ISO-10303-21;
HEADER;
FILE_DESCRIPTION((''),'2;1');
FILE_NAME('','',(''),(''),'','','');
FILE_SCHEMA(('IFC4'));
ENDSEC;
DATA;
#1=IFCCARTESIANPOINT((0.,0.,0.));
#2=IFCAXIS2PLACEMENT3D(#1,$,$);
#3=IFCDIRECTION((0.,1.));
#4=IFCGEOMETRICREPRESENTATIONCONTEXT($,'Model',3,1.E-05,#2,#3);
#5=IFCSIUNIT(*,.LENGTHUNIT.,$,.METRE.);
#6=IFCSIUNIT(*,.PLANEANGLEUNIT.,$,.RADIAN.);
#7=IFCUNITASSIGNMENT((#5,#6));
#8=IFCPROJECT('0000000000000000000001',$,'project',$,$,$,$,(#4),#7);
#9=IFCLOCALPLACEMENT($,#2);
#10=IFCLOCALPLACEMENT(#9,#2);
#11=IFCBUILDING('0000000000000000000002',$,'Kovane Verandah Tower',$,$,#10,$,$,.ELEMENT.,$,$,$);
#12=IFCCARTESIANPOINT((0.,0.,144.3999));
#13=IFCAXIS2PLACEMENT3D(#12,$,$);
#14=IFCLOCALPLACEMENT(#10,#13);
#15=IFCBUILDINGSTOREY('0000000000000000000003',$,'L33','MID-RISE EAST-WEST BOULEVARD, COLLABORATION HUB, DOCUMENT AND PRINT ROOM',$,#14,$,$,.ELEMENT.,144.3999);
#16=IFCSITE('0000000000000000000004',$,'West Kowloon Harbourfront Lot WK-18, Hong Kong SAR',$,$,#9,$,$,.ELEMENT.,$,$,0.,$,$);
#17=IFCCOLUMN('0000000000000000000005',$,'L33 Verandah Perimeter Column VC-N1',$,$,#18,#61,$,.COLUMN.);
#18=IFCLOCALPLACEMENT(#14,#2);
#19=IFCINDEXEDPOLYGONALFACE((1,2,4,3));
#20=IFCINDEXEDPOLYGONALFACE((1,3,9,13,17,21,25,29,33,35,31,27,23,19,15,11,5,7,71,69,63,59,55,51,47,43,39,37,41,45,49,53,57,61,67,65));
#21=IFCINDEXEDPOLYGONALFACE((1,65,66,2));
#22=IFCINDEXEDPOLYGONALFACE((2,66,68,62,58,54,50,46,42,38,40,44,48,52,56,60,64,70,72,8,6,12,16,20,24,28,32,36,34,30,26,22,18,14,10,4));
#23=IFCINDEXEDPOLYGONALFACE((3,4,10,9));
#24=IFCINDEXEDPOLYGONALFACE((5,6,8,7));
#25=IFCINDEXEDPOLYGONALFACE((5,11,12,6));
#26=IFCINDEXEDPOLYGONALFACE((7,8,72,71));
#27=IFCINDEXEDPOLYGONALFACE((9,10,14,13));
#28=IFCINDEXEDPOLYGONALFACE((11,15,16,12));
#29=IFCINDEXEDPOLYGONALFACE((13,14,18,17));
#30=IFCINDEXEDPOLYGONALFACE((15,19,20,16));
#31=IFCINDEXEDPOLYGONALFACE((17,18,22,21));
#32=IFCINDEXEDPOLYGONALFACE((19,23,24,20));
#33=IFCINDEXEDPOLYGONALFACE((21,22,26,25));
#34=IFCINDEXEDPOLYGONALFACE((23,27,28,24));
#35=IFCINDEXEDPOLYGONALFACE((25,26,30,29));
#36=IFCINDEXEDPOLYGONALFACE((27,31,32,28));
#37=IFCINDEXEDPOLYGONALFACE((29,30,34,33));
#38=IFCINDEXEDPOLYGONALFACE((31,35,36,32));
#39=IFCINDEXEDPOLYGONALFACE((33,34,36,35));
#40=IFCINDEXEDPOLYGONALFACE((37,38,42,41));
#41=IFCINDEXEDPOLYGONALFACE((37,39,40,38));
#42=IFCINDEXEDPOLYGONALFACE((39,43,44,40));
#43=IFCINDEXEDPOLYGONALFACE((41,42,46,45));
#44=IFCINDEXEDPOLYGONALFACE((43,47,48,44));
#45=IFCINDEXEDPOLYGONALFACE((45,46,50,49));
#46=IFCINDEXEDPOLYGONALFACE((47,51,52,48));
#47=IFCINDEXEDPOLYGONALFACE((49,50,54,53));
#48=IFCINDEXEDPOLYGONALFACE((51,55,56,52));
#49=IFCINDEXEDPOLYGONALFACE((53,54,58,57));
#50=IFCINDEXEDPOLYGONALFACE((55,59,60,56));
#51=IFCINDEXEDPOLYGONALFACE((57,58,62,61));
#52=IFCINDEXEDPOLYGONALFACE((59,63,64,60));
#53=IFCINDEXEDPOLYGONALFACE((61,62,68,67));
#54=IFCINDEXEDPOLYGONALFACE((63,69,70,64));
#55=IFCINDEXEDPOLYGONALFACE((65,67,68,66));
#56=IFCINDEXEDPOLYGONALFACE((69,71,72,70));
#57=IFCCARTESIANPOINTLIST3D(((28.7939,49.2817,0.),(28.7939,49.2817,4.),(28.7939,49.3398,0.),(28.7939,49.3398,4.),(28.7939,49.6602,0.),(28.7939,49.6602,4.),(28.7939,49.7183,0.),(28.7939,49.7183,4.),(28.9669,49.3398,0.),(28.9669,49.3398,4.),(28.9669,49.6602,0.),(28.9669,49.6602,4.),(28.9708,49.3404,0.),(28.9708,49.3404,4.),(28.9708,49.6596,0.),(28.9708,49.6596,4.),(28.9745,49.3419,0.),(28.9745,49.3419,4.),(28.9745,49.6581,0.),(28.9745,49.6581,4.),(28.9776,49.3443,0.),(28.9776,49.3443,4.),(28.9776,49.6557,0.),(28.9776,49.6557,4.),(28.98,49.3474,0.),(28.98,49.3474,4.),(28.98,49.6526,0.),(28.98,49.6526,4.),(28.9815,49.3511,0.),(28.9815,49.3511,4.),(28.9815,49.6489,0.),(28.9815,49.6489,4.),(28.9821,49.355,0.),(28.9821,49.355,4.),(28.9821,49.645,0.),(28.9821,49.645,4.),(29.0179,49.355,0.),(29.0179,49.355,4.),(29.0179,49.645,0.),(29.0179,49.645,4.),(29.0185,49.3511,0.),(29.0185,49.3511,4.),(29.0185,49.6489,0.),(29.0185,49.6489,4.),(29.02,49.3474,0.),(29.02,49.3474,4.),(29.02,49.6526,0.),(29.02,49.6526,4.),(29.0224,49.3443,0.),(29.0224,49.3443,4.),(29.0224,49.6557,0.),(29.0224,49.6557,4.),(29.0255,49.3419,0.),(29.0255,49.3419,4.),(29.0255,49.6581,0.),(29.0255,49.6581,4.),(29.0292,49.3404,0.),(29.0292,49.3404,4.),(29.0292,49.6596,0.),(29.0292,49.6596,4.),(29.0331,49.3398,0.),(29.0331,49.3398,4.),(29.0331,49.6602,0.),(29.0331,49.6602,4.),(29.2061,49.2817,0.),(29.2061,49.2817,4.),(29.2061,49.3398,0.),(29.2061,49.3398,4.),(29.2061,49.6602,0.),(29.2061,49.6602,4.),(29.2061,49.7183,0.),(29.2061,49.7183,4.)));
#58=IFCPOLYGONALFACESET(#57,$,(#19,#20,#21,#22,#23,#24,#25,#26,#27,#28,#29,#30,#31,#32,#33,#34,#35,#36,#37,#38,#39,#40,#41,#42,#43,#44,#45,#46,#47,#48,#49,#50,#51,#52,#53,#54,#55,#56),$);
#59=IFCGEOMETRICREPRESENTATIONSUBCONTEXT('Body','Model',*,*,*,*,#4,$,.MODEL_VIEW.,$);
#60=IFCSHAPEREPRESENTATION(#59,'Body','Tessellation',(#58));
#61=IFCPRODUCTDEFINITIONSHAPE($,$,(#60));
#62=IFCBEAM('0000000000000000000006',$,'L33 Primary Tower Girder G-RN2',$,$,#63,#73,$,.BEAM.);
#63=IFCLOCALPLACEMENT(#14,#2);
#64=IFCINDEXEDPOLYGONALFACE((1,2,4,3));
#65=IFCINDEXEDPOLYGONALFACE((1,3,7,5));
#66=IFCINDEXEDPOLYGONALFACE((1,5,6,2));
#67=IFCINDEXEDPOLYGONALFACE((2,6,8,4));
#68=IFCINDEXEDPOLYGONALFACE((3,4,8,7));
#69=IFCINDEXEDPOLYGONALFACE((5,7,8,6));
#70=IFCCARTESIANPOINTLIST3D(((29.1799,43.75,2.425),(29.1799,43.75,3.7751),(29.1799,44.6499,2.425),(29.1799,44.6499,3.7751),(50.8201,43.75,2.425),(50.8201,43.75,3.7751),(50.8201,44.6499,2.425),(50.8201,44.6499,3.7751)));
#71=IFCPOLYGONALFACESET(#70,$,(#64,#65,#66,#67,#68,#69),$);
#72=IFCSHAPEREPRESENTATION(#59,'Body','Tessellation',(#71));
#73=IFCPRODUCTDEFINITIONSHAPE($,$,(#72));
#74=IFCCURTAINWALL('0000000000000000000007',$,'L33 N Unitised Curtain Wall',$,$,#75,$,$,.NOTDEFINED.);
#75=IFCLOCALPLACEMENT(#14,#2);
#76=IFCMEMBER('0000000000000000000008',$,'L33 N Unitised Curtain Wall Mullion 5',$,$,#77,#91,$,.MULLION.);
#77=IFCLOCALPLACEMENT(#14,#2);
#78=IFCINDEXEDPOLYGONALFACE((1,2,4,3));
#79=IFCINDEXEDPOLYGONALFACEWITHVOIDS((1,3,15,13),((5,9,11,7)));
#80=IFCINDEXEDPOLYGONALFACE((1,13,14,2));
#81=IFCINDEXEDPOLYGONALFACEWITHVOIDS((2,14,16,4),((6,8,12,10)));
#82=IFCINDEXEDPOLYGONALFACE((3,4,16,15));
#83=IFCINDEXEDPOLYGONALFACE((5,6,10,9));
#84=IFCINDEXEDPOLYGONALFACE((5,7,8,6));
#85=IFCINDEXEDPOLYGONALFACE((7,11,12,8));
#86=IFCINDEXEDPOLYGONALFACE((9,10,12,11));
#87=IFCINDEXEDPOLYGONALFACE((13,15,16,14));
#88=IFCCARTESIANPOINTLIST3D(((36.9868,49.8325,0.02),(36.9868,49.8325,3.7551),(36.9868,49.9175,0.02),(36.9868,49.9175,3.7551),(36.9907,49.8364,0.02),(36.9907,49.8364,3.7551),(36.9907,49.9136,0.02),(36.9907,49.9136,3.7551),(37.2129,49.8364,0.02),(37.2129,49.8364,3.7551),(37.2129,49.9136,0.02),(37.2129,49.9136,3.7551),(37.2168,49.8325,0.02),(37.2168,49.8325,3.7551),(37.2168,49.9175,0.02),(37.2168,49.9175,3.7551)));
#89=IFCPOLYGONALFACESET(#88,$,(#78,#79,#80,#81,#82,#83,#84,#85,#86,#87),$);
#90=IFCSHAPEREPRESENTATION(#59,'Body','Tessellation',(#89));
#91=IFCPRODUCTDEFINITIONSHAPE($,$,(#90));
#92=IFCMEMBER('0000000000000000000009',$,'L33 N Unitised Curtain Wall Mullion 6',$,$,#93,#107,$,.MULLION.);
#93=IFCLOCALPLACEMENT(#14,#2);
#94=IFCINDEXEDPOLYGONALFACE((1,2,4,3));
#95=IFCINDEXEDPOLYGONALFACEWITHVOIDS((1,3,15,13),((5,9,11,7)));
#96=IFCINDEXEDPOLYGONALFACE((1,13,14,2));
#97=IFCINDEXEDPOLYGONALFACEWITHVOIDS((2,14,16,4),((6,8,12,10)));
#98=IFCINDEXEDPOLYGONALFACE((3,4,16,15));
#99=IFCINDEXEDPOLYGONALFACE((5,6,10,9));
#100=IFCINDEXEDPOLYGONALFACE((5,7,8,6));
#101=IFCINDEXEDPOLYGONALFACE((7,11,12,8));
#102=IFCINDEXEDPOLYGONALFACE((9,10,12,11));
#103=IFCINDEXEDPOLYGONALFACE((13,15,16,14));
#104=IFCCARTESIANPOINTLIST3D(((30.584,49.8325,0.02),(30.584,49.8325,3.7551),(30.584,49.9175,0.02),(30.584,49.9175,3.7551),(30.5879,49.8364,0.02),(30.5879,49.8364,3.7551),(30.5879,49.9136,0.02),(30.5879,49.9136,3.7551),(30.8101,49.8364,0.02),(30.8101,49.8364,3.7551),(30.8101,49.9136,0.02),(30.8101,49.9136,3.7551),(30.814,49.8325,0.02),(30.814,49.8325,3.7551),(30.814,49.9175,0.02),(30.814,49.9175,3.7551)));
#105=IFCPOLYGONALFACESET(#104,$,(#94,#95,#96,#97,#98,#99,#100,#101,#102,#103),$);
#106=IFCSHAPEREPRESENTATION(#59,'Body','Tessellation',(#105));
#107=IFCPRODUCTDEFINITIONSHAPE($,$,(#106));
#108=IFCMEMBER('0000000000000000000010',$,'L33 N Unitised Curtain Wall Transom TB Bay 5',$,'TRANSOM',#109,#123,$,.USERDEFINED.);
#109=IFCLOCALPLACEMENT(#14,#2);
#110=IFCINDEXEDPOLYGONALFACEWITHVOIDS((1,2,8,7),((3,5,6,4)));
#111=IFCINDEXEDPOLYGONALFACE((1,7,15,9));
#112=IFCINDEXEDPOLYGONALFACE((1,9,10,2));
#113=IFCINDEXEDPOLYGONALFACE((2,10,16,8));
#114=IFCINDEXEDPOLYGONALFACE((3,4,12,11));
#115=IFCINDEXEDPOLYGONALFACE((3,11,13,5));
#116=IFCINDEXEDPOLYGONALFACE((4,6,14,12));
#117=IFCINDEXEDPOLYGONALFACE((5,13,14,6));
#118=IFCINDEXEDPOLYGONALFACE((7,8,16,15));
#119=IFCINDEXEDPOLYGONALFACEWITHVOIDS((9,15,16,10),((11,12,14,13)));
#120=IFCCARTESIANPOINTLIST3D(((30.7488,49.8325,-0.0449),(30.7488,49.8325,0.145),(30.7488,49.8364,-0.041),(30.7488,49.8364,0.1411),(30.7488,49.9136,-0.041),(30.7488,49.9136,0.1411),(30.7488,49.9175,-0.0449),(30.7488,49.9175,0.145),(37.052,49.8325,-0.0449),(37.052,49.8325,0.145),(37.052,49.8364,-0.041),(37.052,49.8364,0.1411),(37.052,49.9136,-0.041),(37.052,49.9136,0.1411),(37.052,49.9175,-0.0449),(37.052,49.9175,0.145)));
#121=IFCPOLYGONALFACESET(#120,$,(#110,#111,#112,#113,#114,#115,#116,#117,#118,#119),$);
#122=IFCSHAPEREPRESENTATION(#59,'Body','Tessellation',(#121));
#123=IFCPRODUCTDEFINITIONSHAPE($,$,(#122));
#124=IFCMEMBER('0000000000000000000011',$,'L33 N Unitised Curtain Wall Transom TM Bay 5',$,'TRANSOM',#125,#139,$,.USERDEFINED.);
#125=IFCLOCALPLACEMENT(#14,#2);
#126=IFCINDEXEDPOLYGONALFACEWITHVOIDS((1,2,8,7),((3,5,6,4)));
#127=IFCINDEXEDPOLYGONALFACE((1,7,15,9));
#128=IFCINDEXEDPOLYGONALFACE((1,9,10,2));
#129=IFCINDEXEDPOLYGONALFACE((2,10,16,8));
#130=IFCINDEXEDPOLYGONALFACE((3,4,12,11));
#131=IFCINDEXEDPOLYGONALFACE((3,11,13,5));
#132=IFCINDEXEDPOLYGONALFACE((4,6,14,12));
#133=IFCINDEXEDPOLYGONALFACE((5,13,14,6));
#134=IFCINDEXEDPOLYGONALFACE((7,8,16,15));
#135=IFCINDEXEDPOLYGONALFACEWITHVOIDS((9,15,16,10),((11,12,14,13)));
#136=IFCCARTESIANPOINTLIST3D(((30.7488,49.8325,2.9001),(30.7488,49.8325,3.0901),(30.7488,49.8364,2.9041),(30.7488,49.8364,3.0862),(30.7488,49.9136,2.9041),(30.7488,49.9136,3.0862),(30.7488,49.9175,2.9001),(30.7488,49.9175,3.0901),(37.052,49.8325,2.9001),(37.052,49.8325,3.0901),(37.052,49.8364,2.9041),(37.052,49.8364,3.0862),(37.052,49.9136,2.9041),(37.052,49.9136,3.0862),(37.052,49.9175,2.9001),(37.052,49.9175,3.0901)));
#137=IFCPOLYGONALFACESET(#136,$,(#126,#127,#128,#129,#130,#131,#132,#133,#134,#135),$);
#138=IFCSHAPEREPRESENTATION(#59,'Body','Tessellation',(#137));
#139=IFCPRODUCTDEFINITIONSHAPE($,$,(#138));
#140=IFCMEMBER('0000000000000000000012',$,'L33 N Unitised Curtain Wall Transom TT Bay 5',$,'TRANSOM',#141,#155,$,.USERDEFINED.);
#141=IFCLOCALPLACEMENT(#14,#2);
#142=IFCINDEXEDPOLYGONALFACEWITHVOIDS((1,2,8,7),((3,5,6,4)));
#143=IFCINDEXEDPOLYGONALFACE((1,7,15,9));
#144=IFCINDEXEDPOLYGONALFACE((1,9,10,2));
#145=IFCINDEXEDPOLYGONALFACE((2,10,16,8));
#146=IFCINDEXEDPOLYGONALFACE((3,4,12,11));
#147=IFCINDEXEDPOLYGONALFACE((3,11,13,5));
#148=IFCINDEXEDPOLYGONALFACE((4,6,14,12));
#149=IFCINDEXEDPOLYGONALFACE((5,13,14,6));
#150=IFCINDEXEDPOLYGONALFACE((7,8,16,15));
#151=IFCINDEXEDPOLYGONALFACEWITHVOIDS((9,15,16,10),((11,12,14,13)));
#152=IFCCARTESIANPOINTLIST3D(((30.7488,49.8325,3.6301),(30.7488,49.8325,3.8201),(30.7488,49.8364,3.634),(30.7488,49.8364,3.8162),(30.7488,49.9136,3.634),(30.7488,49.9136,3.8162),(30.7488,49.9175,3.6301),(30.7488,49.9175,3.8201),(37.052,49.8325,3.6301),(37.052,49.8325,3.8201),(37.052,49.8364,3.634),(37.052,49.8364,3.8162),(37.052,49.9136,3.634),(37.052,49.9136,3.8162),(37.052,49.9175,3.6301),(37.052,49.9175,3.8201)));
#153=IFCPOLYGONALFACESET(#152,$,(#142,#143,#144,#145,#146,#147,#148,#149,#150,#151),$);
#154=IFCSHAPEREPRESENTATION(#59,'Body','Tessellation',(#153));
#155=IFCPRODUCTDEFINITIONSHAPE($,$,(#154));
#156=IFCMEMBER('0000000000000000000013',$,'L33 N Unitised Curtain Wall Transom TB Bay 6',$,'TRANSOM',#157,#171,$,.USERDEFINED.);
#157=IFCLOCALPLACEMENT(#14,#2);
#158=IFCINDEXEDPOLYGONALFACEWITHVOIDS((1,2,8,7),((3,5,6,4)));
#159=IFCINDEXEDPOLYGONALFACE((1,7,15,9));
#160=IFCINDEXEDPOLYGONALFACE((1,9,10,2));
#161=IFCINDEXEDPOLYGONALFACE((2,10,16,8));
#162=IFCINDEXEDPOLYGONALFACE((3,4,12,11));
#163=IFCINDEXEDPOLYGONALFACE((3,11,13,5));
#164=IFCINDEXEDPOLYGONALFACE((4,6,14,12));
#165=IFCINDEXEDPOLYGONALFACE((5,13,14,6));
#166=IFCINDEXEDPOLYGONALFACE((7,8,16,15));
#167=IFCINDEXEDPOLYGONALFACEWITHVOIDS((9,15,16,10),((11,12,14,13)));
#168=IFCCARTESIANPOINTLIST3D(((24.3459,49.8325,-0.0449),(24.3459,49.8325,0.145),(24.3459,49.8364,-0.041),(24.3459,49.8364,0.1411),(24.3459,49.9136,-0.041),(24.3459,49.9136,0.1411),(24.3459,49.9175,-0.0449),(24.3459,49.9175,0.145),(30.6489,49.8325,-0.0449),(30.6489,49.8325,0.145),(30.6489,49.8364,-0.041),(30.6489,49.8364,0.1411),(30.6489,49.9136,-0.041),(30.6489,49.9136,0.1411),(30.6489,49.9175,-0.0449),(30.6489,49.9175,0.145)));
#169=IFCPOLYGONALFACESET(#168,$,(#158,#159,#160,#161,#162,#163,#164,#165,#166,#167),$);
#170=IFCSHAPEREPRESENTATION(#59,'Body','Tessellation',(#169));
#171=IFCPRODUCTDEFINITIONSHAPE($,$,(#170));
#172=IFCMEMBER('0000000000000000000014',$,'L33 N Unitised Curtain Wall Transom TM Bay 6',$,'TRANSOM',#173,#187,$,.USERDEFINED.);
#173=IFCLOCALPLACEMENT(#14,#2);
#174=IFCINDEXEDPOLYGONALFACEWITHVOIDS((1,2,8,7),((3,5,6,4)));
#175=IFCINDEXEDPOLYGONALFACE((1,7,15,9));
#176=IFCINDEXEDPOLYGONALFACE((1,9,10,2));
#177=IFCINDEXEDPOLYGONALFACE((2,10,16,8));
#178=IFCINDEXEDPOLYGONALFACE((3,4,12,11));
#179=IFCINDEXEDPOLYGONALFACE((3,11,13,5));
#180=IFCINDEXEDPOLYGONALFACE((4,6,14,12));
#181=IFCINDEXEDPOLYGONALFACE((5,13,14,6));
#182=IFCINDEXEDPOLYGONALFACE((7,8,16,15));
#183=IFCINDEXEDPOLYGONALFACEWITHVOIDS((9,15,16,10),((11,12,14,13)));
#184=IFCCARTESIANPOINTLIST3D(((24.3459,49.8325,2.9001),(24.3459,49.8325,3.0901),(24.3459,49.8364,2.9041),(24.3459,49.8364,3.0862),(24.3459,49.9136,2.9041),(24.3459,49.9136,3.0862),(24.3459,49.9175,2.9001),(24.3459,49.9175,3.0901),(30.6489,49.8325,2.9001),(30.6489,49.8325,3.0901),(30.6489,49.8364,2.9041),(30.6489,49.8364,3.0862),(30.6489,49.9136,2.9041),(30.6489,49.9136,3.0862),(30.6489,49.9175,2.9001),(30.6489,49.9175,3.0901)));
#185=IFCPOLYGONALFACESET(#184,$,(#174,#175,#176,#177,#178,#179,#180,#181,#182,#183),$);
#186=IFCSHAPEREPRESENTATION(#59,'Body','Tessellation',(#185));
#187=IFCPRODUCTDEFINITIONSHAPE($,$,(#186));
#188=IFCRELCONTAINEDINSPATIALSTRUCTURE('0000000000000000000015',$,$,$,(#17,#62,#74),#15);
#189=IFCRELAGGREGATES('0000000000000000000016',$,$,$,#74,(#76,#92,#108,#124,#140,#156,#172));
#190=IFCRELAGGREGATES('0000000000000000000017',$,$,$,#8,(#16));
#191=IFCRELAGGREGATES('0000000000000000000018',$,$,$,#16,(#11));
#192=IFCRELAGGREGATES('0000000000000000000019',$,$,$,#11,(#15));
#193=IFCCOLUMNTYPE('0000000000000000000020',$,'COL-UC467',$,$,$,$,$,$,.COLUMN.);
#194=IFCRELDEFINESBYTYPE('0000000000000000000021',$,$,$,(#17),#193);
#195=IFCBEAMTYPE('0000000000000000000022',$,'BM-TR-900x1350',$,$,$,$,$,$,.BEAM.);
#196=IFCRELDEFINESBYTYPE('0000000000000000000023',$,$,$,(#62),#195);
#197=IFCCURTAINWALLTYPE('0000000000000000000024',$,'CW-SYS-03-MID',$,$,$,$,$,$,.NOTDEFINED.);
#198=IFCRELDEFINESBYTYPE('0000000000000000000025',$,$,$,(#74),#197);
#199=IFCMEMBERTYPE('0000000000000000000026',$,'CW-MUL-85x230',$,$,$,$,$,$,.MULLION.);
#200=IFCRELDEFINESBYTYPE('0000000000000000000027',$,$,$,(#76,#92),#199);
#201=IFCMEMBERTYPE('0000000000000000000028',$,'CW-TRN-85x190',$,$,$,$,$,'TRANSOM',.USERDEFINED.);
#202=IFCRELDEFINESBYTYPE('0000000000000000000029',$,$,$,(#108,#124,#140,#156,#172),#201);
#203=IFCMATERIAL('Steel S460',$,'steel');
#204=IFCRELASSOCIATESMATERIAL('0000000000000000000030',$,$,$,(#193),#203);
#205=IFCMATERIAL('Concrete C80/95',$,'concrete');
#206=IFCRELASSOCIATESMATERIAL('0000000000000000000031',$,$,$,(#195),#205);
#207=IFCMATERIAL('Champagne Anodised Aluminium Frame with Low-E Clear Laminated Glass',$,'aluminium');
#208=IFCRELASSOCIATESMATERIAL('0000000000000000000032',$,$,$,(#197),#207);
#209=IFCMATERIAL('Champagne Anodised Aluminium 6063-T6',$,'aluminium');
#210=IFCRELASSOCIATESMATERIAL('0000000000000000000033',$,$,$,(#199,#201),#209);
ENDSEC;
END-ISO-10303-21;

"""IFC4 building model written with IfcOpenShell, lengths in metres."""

from ifc_helpers import new_model, si_unit, direction, frame, origin, origin_2d, place, context, subcontext, project, spatial, rectangle, hollow_rectangle, i_section, extrude, material, material_profile, profile_set, type_object, element, aggregate, save


model = new_model("IFC4")

# Units and contexts
model_context = context("Model", 3, precision=1e-05, world=origin(), true_north=direction((0.0, 1.0)))
body_context = subcontext(model_context, "Body", "Model", "MODEL_VIEW")
ifc_project = project(units=[si_unit("LENGTHUNIT", "METRE"), si_unit("PLANEANGLEUNIT", "RADIAN")], contexts=[model_context])

# Site, building, storey
site_placement = place(None, origin())
site = spatial("IfcSite", under=ifc_project, at=site_placement, Name="West Kowloon Harbourfront Lot WK-18, Hong Kong SAR", CompositionType="ELEMENT", RefElevation=0.0)
building_placement = place(site_placement, origin())
building = spatial("IfcBuilding", under=site, at=building_placement, Name="Kovane Verandah Tower", CompositionType="ELEMENT")
storey_placement = place(building_placement, frame((0.0, 0.0, 144.3999)))
storey = spatial("IfcBuildingStorey", under=building, at=storey_placement, Name="L33", Description="MID-RISE EAST-WEST BOULEVARD, COLLABORATION HUB, DOCUMENT AND PRINT ROOM", CompositionType="ELEMENT", Elevation=144.3999)

# Column
ifc_material_1 = material(Name="Steel S460", Category="steel")
ifc_material_profile_1 = material_profile(ifc_material_1, i_section(OverallWidth=0.4121, OverallDepth=0.4365, WebThickness=0.0359, FlangeThickness=0.0581, FilletRadius=0.0151, at=origin_2d()), Name="UC356x406x467")
ifc_profile_set_1 = profile_set([ifc_material_profile_1], Name="Steel S460")
column_type = type_object("IfcColumnType", Name="COL-UC467", PredefinedType="COLUMN", material=ifc_profile_set_1)
column_placement = place(storey_placement, frame((29.0, 49.5, 0.0), z_axis=(0.0, 0.0, 1.0), x_axis=(1.0, 0.0, 0.0)))
element("IfcColumn", 1, at=column_placement, inside=storey, type_object=column_type, Name="L33 Verandah Perimeter Column VC-N1", PredefinedType="COLUMN", context=body_context, shape_type="SweptSolid", body=[
    extrude(i_section(OverallWidth=0.4121, OverallDepth=0.4365, WebThickness=0.0359, FlangeThickness=0.0581, FilletRadius=0.0151, at=origin_2d()), origin(), (0.0, 0.0, 1.0), 4.0),
])

# Beam
ifc_material_2 = material(Name="Concrete C80/95", Category="concrete")
ifc_material_profile_2 = material_profile(ifc_material_2, rectangle(XDim=0.8999, YDim=1.3501, at=origin_2d()), Name="RCB900x1350")
ifc_profile_set_2 = profile_set([ifc_material_profile_2], Name="Concrete C80/95")
beam_type_1 = type_object("IfcBeamType", Name="BM-TR-900x1350", PredefinedType="BEAM", material=ifc_profile_set_2)
beam_1_placement = place(storey_placement, frame((29.1799, 44.2, 3.1001), z_axis=(1.0, 0.0, 0.0), x_axis=(0.0, 1.0, 0.0)))
element("IfcBeam", 2, at=beam_1_placement, inside=storey, type_object=beam_type_1, Name="L33 Primary Tower Girder G-RN2", PredefinedType="BEAM", context=body_context, shape_type="SweptSolid", body=[
    extrude(rectangle(XDim=0.8999, YDim=1.3501, at=origin_2d()), origin(), (0.0, 0.0, 1.0), 21.6401),
])

# Curtain wall, members
ifc_material_3 = material(Name="Champagne Anodised Aluminium Frame with Low-E Clear Laminated Glass", Category="aluminium")
curtain_wall_type = type_object("IfcCurtainWallType", Name="CW-SYS-03-MID", PredefinedType="NOTDEFINED", material=ifc_material_3)
curtain_wall_placement = place(storey_placement, origin())
curtain_wall = element("IfcCurtainWall", 3, at=curtain_wall_placement, inside=storey, type_object=curtain_wall_type, Name="L33 N Unitised Curtain Wall", PredefinedType="NOTDEFINED")
ifc_material_4 = material(Name="Champagne Anodised Aluminium 6063-T6", Category="aluminium")
ifc_material_profile_3 = material_profile(ifc_material_4, hollow_rectangle(XDim=0.085, YDim=0.23, WallThickness=0.0039, at=origin_2d()), Name="AL85x230x4")
ifc_profile_set_3 = profile_set([ifc_material_profile_3], Name="Champagne Anodised Aluminium 6063-T6")
member_type_1 = type_object("IfcMemberType", Name="CW-MUL-85x230", PredefinedType="MULLION", material=ifc_profile_set_3)
member_1_placement = place(storey_placement, frame((37.1018, 49.875, 0.02), z_axis=(0.0, 0.0, 1.0), x_axis=(0.0, 1.0, 0.0)))
member_1 = element("IfcMember", 4, at=member_1_placement, type_object=member_type_1, Name="L33 N Unitised Curtain Wall Mullion 5", PredefinedType="MULLION", context=body_context, shape_type="SweptSolid", body=[
    extrude(hollow_rectangle(XDim=0.085, YDim=0.23, WallThickness=0.0039, at=origin_2d()), origin(), (0.0, 0.0, 1.0), 3.7351),
])
member_2_placement = place(storey_placement, frame((30.699, 49.875, 0.02), z_axis=(0.0, 0.0, 1.0), x_axis=(0.0, 1.0, 0.0)))
member_2 = element("IfcMember", 5, at=member_2_placement, type_object=member_type_1, Name="L33 N Unitised Curtain Wall Mullion 6", PredefinedType="MULLION", context=body_context, shape_type="SweptSolid", body=[
    extrude(hollow_rectangle(XDim=0.085, YDim=0.23, WallThickness=0.0039, at=origin_2d()), origin(), (0.0, 0.0, 1.0), 3.7351),
])
ifc_material_profile_4 = material_profile(ifc_material_4, hollow_rectangle(XDim=0.085, YDim=0.1899, WallThickness=0.0039, at=origin_2d()), Name="AL85x190x4")
ifc_profile_set_4 = profile_set([ifc_material_profile_4], Name="Champagne Anodised Aluminium 6063-T6")
member_type_2 = type_object("IfcMemberType", Name="CW-TRN-85x190", ElementType="TRANSOM", PredefinedType="USERDEFINED", material=ifc_profile_set_4)
member_3_placement = place(storey_placement, frame((37.052, 49.875, 0.05), z_axis=(-1.0, 0.0, 0.0), x_axis=(0.0, -1.0, 0.0)))
member_3 = element("IfcMember", 6, at=member_3_placement, type_object=member_type_2, Name="L33 N Unitised Curtain Wall Transom TB Bay 5", ObjectType="TRANSOM", PredefinedType="USERDEFINED", context=body_context, shape_type="SweptSolid", body=[
    extrude(hollow_rectangle(XDim=0.085, YDim=0.1899, WallThickness=0.0039, at=origin_2d()), origin(), (0.0, 0.0, 1.0), 6.3032),
])
member_4_placement = place(storey_placement, frame((37.052, 49.875, 2.9951), z_axis=(-1.0, 0.0, 0.0), x_axis=(0.0, -1.0, 0.0)))
member_4 = element("IfcMember", 7, at=member_4_placement, type_object=member_type_2, Name="L33 N Unitised Curtain Wall Transom TM Bay 5", ObjectType="TRANSOM", PredefinedType="USERDEFINED", context=body_context, shape_type="SweptSolid", body=[
    extrude(hollow_rectangle(XDim=0.085, YDim=0.1899, WallThickness=0.0039, at=origin_2d()), origin(), (0.0, 0.0, 1.0), 6.3032),
])
member_5_placement = place(storey_placement, frame((37.052, 49.875, 3.7251), z_axis=(-1.0, 0.0, 0.0), x_axis=(0.0, -1.0, 0.0)))
member_5 = element("IfcMember", 8, at=member_5_placement, type_object=member_type_2, Name="L33 N Unitised Curtain Wall Transom TT Bay 5", ObjectType="TRANSOM", PredefinedType="USERDEFINED", context=body_context, shape_type="SweptSolid", body=[
    extrude(hollow_rectangle(XDim=0.085, YDim=0.1899, WallThickness=0.0039, at=origin_2d()), origin(), (0.0, 0.0, 1.0), 6.3032),
])
member_6_placement = place(storey_placement, frame((30.6489, 49.875, 0.05), z_axis=(-1.0, 0.0, 0.0), x_axis=(0.0, -1.0, 0.0)))
member_6 = element("IfcMember", 9, at=member_6_placement, type_object=member_type_2, Name="L33 N Unitised Curtain Wall Transom TB Bay 6", ObjectType="TRANSOM", PredefinedType="USERDEFINED", context=body_context, shape_type="SweptSolid", body=[
    extrude(hollow_rectangle(XDim=0.085, YDim=0.1899, WallThickness=0.0039, at=origin_2d()), origin(), (0.0, 0.0, 1.0), 6.303),
])
member_7_placement = place(storey_placement, frame((30.6489, 49.875, 2.9951), z_axis=(-1.0, 0.0, 0.0), x_axis=(0.0, -1.0, 0.0)))
member_7 = element("IfcMember", 10, at=member_7_placement, type_object=member_type_2, Name="L33 N Unitised Curtain Wall Transom TM Bay 6", ObjectType="TRANSOM", PredefinedType="USERDEFINED", context=body_context, shape_type="SweptSolid", body=[
    extrude(hollow_rectangle(XDim=0.085, YDim=0.1899, WallThickness=0.0039, at=origin_2d()), origin(), (0.0, 0.0, 1.0), 6.303),
])

aggregate(curtain_wall, [member_1, member_2, member_3, member_4, member_5, member_6, member_7])

save(model, "model.ifc")
